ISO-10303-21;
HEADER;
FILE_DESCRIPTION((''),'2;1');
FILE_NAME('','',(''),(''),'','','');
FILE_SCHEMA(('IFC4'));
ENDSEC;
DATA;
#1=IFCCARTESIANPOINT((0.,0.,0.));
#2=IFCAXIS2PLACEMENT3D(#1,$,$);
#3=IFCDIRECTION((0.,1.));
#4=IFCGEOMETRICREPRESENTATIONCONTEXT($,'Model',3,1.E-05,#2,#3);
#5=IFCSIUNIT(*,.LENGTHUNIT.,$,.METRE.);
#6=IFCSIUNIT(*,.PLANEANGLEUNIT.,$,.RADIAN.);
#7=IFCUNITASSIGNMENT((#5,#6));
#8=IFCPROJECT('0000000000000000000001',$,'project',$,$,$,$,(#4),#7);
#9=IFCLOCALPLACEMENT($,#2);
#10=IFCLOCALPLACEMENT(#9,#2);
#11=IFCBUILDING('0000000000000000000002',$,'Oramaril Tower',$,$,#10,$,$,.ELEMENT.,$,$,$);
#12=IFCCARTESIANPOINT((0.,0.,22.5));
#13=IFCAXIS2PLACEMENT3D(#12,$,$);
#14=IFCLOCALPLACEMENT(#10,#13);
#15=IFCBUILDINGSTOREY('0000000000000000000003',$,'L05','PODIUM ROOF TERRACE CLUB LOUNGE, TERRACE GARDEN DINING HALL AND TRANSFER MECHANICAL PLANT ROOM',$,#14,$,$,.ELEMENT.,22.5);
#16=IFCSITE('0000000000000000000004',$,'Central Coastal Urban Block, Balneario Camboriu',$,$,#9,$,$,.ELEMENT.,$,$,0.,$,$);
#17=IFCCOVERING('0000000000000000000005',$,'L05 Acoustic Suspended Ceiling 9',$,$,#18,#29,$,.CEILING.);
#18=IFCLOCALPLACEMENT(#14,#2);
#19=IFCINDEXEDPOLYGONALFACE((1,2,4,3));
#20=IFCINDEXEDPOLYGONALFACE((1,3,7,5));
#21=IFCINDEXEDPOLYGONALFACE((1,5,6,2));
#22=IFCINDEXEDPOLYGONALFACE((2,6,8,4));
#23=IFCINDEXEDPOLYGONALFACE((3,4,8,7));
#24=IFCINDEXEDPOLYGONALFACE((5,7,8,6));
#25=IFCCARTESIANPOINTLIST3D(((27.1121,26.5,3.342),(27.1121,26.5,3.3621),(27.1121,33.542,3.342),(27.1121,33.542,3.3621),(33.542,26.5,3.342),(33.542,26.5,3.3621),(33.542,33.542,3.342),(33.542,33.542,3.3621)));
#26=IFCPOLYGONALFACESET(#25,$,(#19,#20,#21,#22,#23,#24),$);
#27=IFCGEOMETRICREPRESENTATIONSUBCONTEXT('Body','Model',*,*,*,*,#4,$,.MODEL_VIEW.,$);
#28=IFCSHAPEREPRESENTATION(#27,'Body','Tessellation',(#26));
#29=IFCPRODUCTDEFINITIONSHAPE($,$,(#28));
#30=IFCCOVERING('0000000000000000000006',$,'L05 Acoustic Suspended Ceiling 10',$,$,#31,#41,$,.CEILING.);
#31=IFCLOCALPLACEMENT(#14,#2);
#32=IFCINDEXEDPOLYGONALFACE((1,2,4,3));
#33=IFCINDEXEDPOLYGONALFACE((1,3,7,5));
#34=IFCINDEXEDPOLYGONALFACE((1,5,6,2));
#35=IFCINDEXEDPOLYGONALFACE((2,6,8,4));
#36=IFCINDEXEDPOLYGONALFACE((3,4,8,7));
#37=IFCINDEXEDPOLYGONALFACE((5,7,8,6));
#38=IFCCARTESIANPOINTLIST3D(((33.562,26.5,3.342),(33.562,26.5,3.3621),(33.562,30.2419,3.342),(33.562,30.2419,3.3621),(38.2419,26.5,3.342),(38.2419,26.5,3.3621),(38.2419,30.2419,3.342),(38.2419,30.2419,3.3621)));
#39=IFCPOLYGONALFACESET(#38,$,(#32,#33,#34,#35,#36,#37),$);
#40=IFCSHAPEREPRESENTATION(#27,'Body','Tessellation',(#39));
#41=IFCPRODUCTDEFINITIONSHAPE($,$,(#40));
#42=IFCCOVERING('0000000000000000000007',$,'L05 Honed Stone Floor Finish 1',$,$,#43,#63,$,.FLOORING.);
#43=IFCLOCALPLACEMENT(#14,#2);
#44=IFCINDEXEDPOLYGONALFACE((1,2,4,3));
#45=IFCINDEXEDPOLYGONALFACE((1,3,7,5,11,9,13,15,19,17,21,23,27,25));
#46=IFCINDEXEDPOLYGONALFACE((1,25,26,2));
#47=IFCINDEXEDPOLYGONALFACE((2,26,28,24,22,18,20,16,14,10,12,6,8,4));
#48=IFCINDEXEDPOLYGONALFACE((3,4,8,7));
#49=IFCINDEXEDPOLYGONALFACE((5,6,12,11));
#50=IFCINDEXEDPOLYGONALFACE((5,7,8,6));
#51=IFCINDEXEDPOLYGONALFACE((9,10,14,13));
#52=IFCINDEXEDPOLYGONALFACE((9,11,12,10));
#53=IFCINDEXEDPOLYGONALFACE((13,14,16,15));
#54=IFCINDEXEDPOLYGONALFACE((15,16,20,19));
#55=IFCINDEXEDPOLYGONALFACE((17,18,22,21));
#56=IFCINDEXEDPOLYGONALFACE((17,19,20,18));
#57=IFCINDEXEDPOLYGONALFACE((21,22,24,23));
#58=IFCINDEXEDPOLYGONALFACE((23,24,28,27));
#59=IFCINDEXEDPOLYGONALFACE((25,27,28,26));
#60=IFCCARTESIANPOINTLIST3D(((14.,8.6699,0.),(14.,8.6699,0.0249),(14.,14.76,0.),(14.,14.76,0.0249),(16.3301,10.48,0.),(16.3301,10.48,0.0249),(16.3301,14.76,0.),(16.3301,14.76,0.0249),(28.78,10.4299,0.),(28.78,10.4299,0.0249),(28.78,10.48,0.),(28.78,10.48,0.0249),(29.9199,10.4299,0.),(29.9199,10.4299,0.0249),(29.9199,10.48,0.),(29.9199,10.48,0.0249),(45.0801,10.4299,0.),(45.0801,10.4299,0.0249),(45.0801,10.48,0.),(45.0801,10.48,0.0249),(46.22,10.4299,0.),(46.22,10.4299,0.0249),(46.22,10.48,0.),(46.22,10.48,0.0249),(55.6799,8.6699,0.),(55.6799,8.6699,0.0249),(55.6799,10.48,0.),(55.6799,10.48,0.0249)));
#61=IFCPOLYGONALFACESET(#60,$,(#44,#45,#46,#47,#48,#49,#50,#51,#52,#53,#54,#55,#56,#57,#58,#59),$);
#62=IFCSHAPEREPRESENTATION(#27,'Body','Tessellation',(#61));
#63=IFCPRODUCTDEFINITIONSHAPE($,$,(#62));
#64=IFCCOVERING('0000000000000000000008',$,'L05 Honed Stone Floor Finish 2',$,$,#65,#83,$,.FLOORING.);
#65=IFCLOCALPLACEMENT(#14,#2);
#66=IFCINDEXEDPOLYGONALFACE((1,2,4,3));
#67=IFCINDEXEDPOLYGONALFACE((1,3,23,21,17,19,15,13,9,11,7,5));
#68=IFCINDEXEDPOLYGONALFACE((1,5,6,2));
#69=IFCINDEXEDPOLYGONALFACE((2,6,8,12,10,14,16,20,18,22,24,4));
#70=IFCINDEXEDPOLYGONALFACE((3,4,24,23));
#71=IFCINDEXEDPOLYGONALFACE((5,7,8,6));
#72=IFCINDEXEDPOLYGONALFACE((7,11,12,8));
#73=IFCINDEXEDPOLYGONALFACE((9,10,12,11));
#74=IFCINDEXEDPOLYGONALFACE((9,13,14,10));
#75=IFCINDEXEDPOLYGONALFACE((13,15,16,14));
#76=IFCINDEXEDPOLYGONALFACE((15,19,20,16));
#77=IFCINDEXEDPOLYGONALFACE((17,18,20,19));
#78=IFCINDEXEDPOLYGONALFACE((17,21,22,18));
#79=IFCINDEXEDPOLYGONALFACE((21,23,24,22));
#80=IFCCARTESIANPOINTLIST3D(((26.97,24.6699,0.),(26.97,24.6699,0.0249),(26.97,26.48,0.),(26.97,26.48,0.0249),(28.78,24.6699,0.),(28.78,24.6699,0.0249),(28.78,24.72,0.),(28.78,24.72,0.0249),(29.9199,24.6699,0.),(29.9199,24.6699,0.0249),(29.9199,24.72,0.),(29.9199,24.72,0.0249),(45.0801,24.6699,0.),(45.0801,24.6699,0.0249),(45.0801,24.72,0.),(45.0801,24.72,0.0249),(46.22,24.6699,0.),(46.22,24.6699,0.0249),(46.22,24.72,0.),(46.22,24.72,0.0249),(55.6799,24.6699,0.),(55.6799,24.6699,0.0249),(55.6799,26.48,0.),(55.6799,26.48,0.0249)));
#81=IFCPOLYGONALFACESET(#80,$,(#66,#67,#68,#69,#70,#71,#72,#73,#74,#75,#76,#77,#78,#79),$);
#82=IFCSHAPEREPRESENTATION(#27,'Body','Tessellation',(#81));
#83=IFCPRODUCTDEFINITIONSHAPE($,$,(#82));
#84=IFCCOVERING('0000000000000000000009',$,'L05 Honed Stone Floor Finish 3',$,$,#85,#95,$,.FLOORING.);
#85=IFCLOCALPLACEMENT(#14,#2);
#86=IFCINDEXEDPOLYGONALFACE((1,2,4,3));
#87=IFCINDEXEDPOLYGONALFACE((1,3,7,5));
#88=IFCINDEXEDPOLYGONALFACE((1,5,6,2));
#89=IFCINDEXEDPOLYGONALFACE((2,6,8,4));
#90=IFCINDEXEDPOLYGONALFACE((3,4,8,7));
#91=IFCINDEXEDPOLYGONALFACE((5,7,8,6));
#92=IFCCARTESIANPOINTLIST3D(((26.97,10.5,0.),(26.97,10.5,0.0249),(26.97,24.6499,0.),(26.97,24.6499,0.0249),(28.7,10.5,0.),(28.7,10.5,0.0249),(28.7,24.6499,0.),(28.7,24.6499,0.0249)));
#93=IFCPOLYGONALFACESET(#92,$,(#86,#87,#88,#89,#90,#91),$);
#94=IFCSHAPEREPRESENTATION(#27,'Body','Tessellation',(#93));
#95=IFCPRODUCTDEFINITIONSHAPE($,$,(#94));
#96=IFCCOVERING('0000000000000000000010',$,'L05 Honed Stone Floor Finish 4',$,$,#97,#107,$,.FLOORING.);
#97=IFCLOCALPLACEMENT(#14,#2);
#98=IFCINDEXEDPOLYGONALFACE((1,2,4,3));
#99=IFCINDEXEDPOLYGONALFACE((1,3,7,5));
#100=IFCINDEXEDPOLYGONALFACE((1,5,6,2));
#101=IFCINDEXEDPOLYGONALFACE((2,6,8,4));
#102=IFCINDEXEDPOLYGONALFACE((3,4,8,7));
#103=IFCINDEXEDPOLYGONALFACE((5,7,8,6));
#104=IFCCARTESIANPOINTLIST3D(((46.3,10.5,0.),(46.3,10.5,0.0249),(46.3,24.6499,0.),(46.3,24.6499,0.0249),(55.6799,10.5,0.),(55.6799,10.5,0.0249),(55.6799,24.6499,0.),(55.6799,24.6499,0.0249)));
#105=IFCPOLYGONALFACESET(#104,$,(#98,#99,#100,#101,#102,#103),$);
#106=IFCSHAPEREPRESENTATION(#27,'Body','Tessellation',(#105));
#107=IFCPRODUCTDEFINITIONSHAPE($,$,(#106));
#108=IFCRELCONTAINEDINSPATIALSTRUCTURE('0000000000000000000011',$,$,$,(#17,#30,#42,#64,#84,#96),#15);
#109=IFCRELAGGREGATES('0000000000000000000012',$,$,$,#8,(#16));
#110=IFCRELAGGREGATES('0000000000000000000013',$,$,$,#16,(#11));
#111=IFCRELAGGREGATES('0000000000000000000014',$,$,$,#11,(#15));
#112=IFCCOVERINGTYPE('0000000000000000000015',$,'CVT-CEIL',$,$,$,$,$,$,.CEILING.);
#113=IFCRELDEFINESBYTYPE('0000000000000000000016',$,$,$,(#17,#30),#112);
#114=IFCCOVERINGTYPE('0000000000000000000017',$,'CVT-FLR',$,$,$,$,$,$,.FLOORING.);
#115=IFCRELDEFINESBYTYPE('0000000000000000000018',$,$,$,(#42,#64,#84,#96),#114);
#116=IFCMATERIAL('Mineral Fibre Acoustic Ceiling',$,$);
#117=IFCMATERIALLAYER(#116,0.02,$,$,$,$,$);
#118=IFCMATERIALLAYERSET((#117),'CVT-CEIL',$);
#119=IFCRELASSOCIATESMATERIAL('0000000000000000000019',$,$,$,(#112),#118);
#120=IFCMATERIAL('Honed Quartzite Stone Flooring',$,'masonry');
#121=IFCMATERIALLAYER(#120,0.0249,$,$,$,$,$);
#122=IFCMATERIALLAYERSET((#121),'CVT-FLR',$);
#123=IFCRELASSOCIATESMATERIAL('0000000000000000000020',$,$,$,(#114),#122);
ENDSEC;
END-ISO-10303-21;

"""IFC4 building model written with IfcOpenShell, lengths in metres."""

from ifc_helpers import new_model, si_unit, direction, frame, origin, place, context, subcontext, project, spatial, polyline, outline, extrude, material, layer, layer_set, type_object, element, save


model = new_model("IFC4")

# Units and contexts
model_context = context("Model", 3, precision=1e-05, world=origin(), true_north=direction((0.0, 1.0)))
body_context = subcontext(model_context, "Body", "Model", "MODEL_VIEW")
ifc_project = project(units=[si_unit("LENGTHUNIT", "METRE"), si_unit("PLANEANGLEUNIT", "RADIAN")], contexts=[model_context])

# Site, building, storey
site_placement = place(None, origin())
site = spatial("IfcSite", under=ifc_project, at=site_placement, Name="Central Coastal Urban Block, Balneario Camboriu", CompositionType="ELEMENT", RefElevation=0.0)
building_placement = place(site_placement, origin())
building = spatial("IfcBuilding", under=site, at=building_placement, Name="Oramaril Tower", CompositionType="ELEMENT")
storey_placement = place(building_placement, frame((0.0, 0.0, 22.5)))
storey = spatial("IfcBuildingStorey", under=building, at=storey_placement, Name="L05", Description="PODIUM ROOF TERRACE CLUB LOUNGE, TERRACE GARDEN DINING HALL AND TRANSFER MECHANICAL PLANT ROOM", CompositionType="ELEMENT", Elevation=22.5)

# Coverings
ifc_material_1 = material(Name="Mineral Fibre Acoustic Ceiling")
ifc_layer_1 = layer(ifc_material_1, 0.02)
ifc_layer_set_1 = layer_set([ifc_layer_1], Name="CVT-CEIL")
covering_type_1 = type_object("IfcCoveringType", Name="CVT-CEIL", PredefinedType="CEILING", material=ifc_layer_set_1)
covering_1_placement = place(storey_placement, frame((0.0, 0.0, 3.342)))
element("IfcCovering", 1, at=covering_1_placement, inside=storey, type_object=covering_type_1, Name="L05 Acoustic Suspended Ceiling 9", PredefinedType="CEILING", context=body_context, shape_type="SweptSolid", body=[
    extrude(outline(polyline([(33.542, 33.542), (33.542, 26.5), (27.1121, 26.5), (27.1121, 33.542), (33.542, 33.542)])), origin(), (0.0, 0.0, 1.0), 0.02),
])
covering_2_placement = place(storey_placement, frame((0.0, 0.0, 3.342)))
element("IfcCovering", 2, at=covering_2_placement, inside=storey, type_object=covering_type_1, Name="L05 Acoustic Suspended Ceiling 10", PredefinedType="CEILING", context=body_context, shape_type="SweptSolid", body=[
    extrude(outline(polyline([(38.2419, 30.2419), (38.2419, 26.5), (33.562, 26.5), (33.562, 30.2419), (38.2419, 30.2419)])), origin(), (0.0, 0.0, 1.0), 0.02),
])
ifc_material_2 = material(Name="Honed Quartzite Stone Flooring", Category="masonry")
ifc_layer_2 = layer(ifc_material_2, 0.0249)
ifc_layer_set_2 = layer_set([ifc_layer_2], Name="CVT-FLR")
covering_type_2 = type_object("IfcCoveringType", Name="CVT-FLR", PredefinedType="FLOORING", material=ifc_layer_set_2)
covering_3_placement = place(storey_placement, origin())
element("IfcCovering", 3, at=covering_3_placement, inside=storey, type_object=covering_type_2, Name="L05 Honed Stone Floor Finish 1", PredefinedType="FLOORING", context=body_context, shape_type="SweptSolid", body=[
    extrude(outline(polyline([(28.78, 10.48), (28.78, 10.4299), (29.9199, 10.4299), (29.9199, 10.48), (45.0801, 10.48), (45.0801, 10.4299), (46.22, 10.4299), (46.22, 10.48), (55.6799, 10.48), (55.6799, 8.6699), (14.0, 8.6699), (14.0, 14.76), (16.3301, 14.76), (16.3301, 10.48), (28.78, 10.48)])), origin(), (0.0, 0.0, 1.0), 0.0249),
])
covering_4_placement = place(storey_placement, origin())
element("IfcCovering", 4, at=covering_4_placement, inside=storey, type_object=covering_type_2, Name="L05 Honed Stone Floor Finish 2", PredefinedType="FLOORING", context=body_context, shape_type="SweptSolid", body=[
    extrude(outline(polyline([(55.6799, 26.48), (55.6799, 24.6699), (46.22, 24.6699), (46.22, 24.72), (45.0801, 24.72), (45.0801, 24.6699), (29.9199, 24.6699), (29.9199, 24.72), (28.78, 24.72), (28.78, 24.6699), (26.97, 24.6699), (26.97, 26.48), (55.6799, 26.48)])), origin(), (0.0, 0.0, 1.0), 0.0249),
])
covering_5_placement = place(storey_placement, origin())
element("IfcCovering", 5, at=covering_5_placement, inside=storey, type_object=covering_type_2, Name="L05 Honed Stone Floor Finish 3", PredefinedType="FLOORING", context=body_context, shape_type="SweptSolid", body=[
    extrude(outline(polyline([(28.7, 10.5), (26.97, 10.5), (26.97, 24.6499), (28.7, 24.6499), (28.7, 10.5)])), origin(), (0.0, 0.0, 1.0), 0.0249),
])
covering_6_placement = place(storey_placement, origin())
element("IfcCovering", 6, at=covering_6_placement, inside=storey, type_object=covering_type_2, Name="L05 Honed Stone Floor Finish 4", PredefinedType="FLOORING", context=body_context, shape_type="SweptSolid", body=[
    extrude(outline(polyline([(55.6799, 10.5), (46.3, 10.5), (46.3, 24.6499), (55.6799, 24.6499), (55.6799, 10.5)])), origin(), (0.0, 0.0, 1.0), 0.0249),
])

save(model, "model.ifc")
